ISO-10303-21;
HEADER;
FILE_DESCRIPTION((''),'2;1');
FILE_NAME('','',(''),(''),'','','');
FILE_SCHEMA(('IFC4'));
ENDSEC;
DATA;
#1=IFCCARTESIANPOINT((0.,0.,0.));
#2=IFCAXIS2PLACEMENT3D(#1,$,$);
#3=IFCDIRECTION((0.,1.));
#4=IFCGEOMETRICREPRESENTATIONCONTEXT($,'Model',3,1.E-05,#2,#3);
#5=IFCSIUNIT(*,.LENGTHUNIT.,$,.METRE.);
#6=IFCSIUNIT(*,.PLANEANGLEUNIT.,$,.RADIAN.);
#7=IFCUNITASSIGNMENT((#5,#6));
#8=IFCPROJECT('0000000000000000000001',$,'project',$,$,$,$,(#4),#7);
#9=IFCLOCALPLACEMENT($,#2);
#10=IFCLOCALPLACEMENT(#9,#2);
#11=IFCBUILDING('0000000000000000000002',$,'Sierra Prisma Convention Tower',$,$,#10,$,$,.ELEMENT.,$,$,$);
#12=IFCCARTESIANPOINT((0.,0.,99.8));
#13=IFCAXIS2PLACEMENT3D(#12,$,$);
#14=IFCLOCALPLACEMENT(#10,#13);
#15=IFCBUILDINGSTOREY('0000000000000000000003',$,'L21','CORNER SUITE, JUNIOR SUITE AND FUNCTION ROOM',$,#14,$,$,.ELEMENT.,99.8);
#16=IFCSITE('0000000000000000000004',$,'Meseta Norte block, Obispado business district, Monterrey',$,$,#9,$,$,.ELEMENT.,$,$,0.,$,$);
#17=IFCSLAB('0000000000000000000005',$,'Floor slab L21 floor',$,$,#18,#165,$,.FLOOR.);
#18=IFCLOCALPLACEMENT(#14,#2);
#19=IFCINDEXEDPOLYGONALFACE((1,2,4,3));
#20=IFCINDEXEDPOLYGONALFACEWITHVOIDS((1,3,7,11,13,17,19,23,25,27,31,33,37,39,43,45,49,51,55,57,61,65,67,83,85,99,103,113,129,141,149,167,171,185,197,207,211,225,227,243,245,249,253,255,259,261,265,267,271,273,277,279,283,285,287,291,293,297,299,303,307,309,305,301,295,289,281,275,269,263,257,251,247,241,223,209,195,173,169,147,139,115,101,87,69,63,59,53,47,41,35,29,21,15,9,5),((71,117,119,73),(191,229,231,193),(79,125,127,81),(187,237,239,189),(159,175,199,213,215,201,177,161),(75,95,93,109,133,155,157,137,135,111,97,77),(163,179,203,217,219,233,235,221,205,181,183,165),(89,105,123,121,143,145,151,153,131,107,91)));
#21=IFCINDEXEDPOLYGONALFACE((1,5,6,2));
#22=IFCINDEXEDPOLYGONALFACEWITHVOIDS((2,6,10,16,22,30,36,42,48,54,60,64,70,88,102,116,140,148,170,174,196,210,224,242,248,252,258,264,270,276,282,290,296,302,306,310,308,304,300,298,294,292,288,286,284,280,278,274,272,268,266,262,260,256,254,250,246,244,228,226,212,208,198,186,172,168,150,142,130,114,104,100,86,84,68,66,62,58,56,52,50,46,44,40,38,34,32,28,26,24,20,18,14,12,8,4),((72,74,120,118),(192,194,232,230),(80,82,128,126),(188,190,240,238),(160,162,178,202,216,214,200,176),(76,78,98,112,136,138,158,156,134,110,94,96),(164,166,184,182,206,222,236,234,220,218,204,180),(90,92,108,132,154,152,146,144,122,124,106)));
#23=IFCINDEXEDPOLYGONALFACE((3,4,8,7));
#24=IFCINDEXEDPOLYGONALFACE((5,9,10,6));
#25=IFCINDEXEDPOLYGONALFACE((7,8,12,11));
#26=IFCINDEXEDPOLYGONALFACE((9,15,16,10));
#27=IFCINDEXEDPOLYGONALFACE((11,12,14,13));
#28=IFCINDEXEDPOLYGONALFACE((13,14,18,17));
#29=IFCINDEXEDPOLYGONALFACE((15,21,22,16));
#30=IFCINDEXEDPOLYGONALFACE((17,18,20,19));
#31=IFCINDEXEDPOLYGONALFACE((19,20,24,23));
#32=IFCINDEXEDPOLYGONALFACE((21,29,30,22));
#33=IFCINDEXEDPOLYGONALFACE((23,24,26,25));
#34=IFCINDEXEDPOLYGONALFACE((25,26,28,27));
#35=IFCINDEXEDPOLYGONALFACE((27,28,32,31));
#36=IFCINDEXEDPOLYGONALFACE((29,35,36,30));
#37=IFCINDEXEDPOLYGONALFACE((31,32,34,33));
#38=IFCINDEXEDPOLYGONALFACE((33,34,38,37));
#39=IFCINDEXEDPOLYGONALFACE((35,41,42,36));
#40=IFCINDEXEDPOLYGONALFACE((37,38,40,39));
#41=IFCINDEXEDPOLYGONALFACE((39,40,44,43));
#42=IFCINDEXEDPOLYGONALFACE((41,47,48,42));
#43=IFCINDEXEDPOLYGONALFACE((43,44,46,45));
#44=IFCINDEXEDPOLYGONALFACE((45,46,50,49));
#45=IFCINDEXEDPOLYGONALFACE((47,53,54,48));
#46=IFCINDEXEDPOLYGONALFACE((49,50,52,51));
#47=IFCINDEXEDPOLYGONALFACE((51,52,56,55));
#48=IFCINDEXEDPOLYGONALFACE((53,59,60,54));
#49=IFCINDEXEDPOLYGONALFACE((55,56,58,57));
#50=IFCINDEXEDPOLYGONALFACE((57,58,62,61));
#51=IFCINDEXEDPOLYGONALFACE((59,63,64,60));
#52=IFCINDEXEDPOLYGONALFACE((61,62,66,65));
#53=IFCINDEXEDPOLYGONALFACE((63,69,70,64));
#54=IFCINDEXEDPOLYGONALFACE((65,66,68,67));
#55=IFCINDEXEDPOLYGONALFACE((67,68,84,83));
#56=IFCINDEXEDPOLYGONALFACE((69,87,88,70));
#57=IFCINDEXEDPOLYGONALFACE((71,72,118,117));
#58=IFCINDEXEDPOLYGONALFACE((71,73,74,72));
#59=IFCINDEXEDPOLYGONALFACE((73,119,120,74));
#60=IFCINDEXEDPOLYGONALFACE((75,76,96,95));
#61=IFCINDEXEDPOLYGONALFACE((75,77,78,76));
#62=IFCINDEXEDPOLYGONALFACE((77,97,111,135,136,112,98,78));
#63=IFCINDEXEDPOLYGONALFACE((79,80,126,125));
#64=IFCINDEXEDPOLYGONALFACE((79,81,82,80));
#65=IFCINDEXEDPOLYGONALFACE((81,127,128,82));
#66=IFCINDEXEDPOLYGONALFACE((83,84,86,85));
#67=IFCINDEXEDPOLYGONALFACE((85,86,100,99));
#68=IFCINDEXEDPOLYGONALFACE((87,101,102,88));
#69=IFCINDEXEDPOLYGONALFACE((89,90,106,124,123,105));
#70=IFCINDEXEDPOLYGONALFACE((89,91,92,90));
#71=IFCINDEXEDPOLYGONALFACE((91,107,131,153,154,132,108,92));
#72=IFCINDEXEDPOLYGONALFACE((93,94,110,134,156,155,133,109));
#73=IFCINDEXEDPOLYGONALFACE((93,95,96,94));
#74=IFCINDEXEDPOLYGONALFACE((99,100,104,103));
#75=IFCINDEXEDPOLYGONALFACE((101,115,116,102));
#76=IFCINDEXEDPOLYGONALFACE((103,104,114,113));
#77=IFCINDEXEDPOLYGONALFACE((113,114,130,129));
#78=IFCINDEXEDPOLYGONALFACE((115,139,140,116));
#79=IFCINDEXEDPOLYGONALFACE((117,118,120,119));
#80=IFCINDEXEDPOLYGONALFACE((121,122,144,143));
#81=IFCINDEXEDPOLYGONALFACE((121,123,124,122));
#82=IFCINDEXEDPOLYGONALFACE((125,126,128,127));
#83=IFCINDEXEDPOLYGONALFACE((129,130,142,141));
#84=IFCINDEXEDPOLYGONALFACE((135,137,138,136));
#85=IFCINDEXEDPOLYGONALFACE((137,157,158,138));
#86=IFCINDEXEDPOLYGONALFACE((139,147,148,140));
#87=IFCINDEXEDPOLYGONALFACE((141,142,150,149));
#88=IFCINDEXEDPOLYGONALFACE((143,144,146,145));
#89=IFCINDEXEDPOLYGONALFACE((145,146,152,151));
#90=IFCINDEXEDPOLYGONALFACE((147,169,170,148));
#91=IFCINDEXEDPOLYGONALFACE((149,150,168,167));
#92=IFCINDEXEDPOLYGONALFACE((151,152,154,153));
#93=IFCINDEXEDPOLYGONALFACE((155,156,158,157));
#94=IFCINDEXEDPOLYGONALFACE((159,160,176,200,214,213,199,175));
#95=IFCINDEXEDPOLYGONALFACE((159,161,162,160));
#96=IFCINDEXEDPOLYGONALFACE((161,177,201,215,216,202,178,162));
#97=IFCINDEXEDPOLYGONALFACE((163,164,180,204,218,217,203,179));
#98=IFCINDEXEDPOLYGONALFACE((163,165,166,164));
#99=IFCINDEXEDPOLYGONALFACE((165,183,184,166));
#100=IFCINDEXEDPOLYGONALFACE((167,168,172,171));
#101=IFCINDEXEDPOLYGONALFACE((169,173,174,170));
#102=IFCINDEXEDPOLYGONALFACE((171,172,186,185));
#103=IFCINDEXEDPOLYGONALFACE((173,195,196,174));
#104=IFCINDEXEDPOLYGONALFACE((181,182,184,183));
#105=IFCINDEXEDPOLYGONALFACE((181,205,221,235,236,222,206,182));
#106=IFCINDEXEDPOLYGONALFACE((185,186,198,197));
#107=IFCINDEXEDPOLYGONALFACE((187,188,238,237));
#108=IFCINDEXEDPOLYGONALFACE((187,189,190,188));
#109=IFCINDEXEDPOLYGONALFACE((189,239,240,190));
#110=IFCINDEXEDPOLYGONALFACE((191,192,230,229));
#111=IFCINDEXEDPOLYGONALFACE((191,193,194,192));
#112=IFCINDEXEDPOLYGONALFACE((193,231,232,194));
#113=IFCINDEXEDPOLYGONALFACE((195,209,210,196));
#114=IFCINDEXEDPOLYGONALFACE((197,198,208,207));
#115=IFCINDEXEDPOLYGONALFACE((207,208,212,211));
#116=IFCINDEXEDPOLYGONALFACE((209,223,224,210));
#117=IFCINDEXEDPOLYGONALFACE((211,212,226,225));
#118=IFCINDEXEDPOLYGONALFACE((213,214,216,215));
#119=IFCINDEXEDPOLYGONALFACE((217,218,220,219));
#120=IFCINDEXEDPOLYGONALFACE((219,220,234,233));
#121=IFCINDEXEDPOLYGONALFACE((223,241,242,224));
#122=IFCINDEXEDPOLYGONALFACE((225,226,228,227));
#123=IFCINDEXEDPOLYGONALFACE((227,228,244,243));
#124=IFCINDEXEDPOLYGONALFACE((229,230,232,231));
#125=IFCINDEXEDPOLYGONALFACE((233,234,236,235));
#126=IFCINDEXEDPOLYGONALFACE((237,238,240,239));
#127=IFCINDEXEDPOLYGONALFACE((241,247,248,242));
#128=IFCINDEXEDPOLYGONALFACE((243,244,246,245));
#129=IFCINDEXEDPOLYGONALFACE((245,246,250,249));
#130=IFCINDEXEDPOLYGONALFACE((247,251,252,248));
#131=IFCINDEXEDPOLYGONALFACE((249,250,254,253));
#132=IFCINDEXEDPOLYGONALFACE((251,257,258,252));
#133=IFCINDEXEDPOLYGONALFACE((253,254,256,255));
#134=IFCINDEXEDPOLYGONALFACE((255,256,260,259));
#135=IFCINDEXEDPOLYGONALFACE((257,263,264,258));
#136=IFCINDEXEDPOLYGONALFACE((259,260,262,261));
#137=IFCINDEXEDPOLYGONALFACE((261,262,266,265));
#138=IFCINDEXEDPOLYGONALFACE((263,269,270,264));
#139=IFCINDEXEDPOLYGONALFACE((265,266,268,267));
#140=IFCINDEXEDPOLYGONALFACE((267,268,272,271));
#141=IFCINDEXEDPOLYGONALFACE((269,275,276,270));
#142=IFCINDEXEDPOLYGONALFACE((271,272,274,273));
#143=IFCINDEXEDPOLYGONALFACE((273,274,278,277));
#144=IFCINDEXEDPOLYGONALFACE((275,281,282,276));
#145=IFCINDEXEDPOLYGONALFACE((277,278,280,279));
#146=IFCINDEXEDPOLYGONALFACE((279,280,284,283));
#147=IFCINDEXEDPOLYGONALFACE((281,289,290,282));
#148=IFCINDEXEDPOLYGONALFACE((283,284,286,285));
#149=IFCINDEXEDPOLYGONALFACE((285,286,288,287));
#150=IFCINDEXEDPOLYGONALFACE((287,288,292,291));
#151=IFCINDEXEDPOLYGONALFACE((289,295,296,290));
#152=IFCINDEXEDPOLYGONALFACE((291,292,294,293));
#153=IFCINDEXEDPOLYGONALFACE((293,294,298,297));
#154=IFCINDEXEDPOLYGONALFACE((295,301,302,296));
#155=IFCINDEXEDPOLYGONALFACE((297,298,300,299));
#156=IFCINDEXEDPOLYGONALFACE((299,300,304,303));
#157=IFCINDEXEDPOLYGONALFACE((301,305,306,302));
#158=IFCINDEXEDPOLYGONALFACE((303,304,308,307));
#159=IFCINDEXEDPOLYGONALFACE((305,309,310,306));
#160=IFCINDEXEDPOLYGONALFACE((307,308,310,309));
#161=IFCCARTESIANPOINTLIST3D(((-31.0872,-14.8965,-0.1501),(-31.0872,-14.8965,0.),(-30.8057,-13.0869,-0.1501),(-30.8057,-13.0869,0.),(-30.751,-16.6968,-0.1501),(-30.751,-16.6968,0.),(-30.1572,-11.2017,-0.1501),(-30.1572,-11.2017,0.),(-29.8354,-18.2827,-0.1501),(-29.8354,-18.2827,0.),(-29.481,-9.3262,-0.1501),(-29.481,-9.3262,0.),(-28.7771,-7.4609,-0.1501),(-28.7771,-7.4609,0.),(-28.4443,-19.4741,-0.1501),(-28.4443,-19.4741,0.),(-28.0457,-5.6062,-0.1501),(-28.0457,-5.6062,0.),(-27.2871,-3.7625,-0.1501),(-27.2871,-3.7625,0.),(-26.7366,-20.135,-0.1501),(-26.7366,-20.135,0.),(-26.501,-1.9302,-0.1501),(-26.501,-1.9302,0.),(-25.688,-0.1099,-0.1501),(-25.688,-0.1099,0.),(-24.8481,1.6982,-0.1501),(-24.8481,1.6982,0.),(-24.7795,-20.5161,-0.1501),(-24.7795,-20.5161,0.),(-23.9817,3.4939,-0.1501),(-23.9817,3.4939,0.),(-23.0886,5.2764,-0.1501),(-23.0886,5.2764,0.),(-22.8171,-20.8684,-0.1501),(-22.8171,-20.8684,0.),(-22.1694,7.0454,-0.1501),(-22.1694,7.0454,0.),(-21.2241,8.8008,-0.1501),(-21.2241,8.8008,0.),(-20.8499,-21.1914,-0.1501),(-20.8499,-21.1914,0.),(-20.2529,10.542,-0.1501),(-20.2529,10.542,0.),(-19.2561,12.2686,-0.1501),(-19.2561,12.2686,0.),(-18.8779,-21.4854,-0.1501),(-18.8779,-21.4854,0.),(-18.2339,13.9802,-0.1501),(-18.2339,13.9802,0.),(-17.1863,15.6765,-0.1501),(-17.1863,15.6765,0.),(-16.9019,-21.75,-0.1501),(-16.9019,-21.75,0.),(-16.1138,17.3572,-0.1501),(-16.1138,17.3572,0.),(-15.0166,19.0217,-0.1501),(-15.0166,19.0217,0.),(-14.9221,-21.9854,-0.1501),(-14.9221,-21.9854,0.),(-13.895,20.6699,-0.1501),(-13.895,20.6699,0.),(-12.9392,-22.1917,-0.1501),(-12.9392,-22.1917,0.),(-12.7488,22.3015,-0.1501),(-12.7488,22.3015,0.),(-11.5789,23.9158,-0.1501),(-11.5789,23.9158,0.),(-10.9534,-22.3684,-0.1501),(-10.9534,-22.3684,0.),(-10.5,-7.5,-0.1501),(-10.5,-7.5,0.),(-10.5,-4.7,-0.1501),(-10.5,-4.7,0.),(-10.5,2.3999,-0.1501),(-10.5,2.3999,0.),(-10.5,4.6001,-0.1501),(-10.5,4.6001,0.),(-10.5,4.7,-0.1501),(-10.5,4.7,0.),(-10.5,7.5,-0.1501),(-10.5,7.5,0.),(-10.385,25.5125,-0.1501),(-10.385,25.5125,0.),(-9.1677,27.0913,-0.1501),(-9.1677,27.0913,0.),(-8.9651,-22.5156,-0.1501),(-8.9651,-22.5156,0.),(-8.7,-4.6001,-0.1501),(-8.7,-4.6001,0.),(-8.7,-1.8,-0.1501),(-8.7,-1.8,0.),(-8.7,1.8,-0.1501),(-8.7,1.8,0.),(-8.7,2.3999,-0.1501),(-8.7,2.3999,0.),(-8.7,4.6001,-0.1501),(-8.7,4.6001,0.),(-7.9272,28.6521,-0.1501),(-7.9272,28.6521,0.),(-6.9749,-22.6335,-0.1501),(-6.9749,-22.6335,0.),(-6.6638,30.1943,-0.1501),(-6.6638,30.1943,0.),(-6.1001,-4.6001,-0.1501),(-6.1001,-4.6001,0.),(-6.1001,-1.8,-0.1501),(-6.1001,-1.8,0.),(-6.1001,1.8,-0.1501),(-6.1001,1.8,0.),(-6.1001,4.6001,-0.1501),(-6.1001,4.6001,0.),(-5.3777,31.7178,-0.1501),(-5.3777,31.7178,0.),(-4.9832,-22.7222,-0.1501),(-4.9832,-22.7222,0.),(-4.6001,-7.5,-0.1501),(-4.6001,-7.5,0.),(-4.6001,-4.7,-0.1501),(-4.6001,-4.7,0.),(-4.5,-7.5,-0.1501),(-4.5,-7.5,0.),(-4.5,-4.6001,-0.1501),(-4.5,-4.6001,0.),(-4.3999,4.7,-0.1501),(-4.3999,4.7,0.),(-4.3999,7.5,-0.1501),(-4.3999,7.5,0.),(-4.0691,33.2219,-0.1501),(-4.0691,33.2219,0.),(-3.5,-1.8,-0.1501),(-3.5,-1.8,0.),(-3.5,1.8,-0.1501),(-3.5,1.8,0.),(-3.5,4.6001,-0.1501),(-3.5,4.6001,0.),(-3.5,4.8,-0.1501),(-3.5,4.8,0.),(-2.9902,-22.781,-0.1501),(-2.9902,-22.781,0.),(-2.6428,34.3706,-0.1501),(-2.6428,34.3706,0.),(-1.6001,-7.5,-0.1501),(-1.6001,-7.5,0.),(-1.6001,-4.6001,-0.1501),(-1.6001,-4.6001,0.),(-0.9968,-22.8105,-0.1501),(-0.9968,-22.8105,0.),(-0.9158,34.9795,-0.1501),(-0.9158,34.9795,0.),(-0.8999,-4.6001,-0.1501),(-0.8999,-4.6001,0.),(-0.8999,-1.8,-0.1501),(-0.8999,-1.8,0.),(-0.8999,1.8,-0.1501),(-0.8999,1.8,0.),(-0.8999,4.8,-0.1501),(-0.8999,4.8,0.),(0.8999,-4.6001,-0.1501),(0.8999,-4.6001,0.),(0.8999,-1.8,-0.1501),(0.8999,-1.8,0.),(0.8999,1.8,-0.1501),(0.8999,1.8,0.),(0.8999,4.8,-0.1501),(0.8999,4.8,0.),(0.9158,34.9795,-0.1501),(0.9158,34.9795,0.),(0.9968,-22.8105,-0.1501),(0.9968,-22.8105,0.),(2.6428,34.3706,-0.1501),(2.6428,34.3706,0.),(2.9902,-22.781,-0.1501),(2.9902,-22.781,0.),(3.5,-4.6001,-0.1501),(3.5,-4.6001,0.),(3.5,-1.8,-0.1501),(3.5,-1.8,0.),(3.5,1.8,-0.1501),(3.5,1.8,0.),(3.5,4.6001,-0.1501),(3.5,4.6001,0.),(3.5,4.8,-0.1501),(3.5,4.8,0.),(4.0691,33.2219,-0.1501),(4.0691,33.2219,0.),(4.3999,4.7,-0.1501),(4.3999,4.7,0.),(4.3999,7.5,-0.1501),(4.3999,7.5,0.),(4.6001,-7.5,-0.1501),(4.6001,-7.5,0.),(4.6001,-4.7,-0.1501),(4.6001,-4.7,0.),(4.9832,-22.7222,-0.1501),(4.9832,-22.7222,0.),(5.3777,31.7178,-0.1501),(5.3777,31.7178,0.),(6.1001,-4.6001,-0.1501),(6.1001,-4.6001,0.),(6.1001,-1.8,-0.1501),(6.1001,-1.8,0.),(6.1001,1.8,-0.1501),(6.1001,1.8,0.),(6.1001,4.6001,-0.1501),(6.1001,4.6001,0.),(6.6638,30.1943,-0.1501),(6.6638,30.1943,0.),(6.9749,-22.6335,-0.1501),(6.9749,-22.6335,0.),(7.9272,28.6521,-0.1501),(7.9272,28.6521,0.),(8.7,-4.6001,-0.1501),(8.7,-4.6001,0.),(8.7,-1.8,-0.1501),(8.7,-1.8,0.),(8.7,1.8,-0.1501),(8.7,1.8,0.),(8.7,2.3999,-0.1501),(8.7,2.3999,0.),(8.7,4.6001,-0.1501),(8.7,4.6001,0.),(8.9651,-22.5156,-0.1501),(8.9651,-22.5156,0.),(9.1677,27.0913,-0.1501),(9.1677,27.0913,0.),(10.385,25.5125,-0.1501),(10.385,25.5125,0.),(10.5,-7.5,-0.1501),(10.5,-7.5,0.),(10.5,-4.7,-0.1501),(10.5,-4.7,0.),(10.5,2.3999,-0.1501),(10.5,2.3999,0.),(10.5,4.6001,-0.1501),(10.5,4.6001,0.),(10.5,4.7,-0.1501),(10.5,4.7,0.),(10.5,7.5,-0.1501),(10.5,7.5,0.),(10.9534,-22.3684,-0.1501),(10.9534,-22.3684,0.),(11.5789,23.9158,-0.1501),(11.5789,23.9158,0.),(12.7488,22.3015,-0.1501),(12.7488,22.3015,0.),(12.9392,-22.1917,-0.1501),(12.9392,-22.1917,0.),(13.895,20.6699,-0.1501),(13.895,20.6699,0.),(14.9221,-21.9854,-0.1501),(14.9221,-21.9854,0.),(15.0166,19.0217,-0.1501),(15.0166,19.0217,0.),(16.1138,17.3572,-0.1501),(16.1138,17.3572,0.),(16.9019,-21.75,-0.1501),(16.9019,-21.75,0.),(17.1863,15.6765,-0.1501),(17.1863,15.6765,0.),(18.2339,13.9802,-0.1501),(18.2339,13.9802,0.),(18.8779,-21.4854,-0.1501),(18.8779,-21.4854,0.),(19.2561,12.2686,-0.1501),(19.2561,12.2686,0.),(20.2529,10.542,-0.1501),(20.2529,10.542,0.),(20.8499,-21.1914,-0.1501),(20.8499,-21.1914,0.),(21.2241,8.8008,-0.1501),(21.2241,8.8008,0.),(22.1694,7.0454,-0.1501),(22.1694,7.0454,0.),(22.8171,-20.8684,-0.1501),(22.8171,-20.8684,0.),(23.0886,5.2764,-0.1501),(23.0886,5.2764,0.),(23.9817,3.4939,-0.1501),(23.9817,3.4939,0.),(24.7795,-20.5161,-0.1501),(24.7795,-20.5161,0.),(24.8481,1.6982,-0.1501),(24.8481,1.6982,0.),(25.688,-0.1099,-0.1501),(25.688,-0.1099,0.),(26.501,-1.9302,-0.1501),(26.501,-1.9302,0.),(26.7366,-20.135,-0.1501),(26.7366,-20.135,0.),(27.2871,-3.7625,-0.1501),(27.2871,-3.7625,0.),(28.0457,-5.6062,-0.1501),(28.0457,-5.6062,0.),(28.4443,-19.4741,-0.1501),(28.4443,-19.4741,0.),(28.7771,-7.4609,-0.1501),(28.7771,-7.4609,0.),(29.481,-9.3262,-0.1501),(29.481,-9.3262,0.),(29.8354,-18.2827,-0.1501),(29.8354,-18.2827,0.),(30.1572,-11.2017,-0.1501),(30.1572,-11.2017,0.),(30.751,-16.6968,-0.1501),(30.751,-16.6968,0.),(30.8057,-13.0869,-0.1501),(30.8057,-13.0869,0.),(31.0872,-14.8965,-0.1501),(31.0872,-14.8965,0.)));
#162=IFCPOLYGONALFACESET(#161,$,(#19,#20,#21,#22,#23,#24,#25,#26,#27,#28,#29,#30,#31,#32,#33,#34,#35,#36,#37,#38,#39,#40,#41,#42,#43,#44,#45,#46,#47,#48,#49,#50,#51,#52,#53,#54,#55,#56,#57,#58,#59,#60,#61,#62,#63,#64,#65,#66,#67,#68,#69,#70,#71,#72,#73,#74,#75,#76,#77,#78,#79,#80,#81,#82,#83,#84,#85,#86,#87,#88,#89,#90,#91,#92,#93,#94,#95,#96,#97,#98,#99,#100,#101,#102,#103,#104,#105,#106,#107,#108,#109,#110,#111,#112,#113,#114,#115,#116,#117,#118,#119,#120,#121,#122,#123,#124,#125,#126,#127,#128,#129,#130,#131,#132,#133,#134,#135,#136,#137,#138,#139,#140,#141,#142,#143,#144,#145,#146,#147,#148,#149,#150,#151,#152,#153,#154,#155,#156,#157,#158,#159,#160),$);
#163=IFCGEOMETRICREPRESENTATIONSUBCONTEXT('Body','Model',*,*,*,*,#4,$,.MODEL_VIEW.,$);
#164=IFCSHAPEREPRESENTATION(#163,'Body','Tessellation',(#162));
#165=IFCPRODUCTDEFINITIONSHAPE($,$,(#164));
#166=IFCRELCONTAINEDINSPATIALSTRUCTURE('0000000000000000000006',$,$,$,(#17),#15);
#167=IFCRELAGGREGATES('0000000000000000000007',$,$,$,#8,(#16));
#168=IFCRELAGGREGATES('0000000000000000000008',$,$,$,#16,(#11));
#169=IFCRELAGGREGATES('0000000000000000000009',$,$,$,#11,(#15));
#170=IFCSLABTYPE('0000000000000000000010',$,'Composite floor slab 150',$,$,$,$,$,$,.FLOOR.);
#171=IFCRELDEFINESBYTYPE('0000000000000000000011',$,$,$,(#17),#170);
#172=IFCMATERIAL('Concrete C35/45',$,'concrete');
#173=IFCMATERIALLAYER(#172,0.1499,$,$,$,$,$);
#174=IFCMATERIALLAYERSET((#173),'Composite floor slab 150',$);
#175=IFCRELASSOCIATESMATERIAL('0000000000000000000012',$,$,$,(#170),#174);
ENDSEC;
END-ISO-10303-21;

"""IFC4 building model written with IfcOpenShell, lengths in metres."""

from ifc_helpers import new_model, si_unit, direction, frame, origin, place, context, subcontext, project, spatial, polyline, outline, extrude, material, layer, layer_set, type_object, element, save


model = new_model("IFC4")

# Units and contexts
model_context = context("Model", 3, precision=1e-05, world=origin(), true_north=direction((0.0, 1.0)))
body_context = subcontext(model_context, "Body", "Model", "MODEL_VIEW")
ifc_project = project(units=[si_unit("LENGTHUNIT", "METRE"), si_unit("PLANEANGLEUNIT", "RADIAN")], contexts=[model_context])

# Site, building, storey
site_placement = place(None, origin())
site = spatial("IfcSite", under=ifc_project, at=site_placement, Name="Meseta Norte block, Obispado business district, Monterrey", CompositionType="ELEMENT", RefElevation=0.0)
building_placement = place(site_placement, origin())
building = spatial("IfcBuilding", under=site, at=building_placement, Name="Sierra Prisma Convention Tower", CompositionType="ELEMENT")
storey_placement = place(building_placement, frame((0.0, 0.0, 99.8)))
storey = spatial("IfcBuildingStorey", under=building, at=storey_placement, Name="L21", Description="CORNER SUITE, JUNIOR SUITE AND FUNCTION ROOM", CompositionType="ELEMENT", Elevation=99.8)

# Slab
ifc_material_1 = material(Name="Concrete C35/45", Category="concrete")
ifc_layer_1 = layer(ifc_material_1, 0.1499)
ifc_layer_set_1 = layer_set([ifc_layer_1], Name="Composite floor slab 150")
slab_type = type_object("IfcSlabType", Name="Composite floor slab 150", PredefinedType="FLOOR", material=ifc_layer_set_1)
slab_placement = place(storey_placement, frame((0.0, 0.0, -0.1501)))
element("IfcSlab", 1, at=slab_placement, inside=storey, type_object=slab_type, Name="Floor slab L21 floor", PredefinedType="FLOOR", context=body_context, shape_type="SweptSolid", body=[
    extrude(outline(polyline([(-26.7366, -20.135), (-24.7795, -20.5161), (-22.8171, -20.8684), (-20.8499, -21.1914), (-18.8779, -21.4854), (-16.9019, -21.75), (-14.9221, -21.9854), (-12.9392, -22.1917), (-10.9534, -22.3684), (-8.9651, -22.5156), (-6.9749, -22.6335), (-4.9832, -22.7222), (-2.9902, -22.781), (-0.9968, -22.8105), (0.9968, -22.8105), (2.9902, -22.781), (4.9832, -22.7222), (6.9749, -22.6335), (8.9651, -22.5156), (10.9534, -22.3684), (12.9392, -22.1917), (14.9221, -21.9854), (16.9019, -21.75), (18.8779, -21.4854), (20.8499, -21.1914), (22.8171, -20.8684), (24.7795, -20.5161), (26.7366, -20.135), (28.4443, -19.4741), (29.8354, -18.2827), (30.751, -16.6968), (31.0872, -14.8965), (30.8057, -13.0869), (30.1572, -11.2017), (29.481, -9.3262), (28.7771, -7.4609), (28.0457, -5.6062), (27.2871, -3.7625), (26.501, -1.9302), (25.688, -0.1099), (24.8481, 1.6982), (23.9817, 3.4939), (23.0886, 5.2764), (22.1694, 7.0454), (21.2241, 8.8008), (20.2529, 10.542), (19.2561, 12.2686), (18.2339, 13.9802), (17.1863, 15.6765), (16.1138, 17.3572), (15.0166, 19.0217), (13.895, 20.6699), (12.7488, 22.3015), (11.5789, 23.9158), (10.385, 25.5125), (9.1677, 27.0913), (7.9272, 28.6521), (6.6638, 30.1943), (5.3777, 31.7178), (4.0691, 33.2219), (2.6428, 34.3706), (0.9158, 34.9795), (-0.9158, 34.9795), (-2.6428, 34.3706), (-4.0691, 33.2219), (-5.3777, 31.7178), (-6.6638, 30.1943), (-7.9272, 28.6521), (-9.1677, 27.0913), (-10.385, 25.5125), (-11.5789, 23.9158), (-12.7488, 22.3015), (-13.895, 20.6699), (-15.0166, 19.0217), (-16.1138, 17.3572), (-17.1863, 15.6765), (-18.2339, 13.9802), (-19.2561, 12.2686), (-20.2529, 10.542), (-21.2241, 8.8008), (-22.1694, 7.0454), (-23.0886, 5.2764), (-23.9817, 3.4939), (-24.8481, 1.6982), (-25.688, -0.1099), (-26.501, -1.9302), (-27.2871, -3.7625), (-28.0457, -5.6062), (-28.7771, -7.4609), (-29.481, -9.3262), (-30.1572, -11.2017), (-30.8057, -13.0869), (-31.0872, -14.8965), (-30.751, -16.6968), (-29.8354, -18.2827), (-28.4443, -19.4741), (-26.7366, -20.135)]), holes=[polyline([(-4.6001, -7.5), (-10.5, -7.5), (-10.5, -4.7), (-4.6001, -4.7), (-4.6001, -7.5)]), polyline([(-8.7, -4.6001), (-8.7, -1.8), (-6.1001, -1.8), (-3.5, -1.8), (-0.8999, -1.8), (-0.8999, -4.6001), (-1.6001, -4.6001), (-1.6001, -7.5), (-4.5, -7.5), (-4.5, -4.6001), (-6.1001, -4.6001), (-8.7, -4.6001)]), polyline([(-10.5, 4.6001), (-8.7, 4.6001), (-6.1001, 4.6001), (-3.5, 4.6001), (-3.5, 4.8), (-0.8999, 4.8), (-0.8999, 1.8), (-3.5, 1.8), (-6.1001, 1.8), (-8.7, 1.8), (-8.7, 2.3999), (-10.5, 2.3999), (-10.5, 4.6001)]), polyline([(-4.3999, 4.7), (-10.5, 4.7), (-10.5, 7.5), (-4.3999, 7.5), (-4.3999, 4.7)]), polyline([(10.5, -7.5), (4.6001, -7.5), (4.6001, -4.7), (10.5, -4.7), (10.5, -7.5)]), polyline([(6.1001, -1.8), (8.7, -1.8), (8.7, -4.6001), (6.1001, -4.6001), (3.5, -4.6001), (0.8999, -4.6001), (0.8999, -1.8), (3.5, -1.8), (6.1001, -1.8)]), polyline([(10.5, 4.6001), (10.5, 2.3999), (8.7, 2.3999), (8.7, 1.8), (6.1001, 1.8), (3.5, 1.8), (0.8999, 1.8), (0.8999, 4.8), (3.5, 4.8), (3.5, 4.6001), (6.1001, 4.6001), (8.7, 4.6001), (10.5, 4.6001)]), polyline([(4.3999, 4.7), (4.3999, 7.5), (10.5, 7.5), (10.5, 4.7), (4.3999, 4.7)])]), origin(), (0.0, 0.0, 1.0), 0.1501),
])

save(model, "model.ifc")
